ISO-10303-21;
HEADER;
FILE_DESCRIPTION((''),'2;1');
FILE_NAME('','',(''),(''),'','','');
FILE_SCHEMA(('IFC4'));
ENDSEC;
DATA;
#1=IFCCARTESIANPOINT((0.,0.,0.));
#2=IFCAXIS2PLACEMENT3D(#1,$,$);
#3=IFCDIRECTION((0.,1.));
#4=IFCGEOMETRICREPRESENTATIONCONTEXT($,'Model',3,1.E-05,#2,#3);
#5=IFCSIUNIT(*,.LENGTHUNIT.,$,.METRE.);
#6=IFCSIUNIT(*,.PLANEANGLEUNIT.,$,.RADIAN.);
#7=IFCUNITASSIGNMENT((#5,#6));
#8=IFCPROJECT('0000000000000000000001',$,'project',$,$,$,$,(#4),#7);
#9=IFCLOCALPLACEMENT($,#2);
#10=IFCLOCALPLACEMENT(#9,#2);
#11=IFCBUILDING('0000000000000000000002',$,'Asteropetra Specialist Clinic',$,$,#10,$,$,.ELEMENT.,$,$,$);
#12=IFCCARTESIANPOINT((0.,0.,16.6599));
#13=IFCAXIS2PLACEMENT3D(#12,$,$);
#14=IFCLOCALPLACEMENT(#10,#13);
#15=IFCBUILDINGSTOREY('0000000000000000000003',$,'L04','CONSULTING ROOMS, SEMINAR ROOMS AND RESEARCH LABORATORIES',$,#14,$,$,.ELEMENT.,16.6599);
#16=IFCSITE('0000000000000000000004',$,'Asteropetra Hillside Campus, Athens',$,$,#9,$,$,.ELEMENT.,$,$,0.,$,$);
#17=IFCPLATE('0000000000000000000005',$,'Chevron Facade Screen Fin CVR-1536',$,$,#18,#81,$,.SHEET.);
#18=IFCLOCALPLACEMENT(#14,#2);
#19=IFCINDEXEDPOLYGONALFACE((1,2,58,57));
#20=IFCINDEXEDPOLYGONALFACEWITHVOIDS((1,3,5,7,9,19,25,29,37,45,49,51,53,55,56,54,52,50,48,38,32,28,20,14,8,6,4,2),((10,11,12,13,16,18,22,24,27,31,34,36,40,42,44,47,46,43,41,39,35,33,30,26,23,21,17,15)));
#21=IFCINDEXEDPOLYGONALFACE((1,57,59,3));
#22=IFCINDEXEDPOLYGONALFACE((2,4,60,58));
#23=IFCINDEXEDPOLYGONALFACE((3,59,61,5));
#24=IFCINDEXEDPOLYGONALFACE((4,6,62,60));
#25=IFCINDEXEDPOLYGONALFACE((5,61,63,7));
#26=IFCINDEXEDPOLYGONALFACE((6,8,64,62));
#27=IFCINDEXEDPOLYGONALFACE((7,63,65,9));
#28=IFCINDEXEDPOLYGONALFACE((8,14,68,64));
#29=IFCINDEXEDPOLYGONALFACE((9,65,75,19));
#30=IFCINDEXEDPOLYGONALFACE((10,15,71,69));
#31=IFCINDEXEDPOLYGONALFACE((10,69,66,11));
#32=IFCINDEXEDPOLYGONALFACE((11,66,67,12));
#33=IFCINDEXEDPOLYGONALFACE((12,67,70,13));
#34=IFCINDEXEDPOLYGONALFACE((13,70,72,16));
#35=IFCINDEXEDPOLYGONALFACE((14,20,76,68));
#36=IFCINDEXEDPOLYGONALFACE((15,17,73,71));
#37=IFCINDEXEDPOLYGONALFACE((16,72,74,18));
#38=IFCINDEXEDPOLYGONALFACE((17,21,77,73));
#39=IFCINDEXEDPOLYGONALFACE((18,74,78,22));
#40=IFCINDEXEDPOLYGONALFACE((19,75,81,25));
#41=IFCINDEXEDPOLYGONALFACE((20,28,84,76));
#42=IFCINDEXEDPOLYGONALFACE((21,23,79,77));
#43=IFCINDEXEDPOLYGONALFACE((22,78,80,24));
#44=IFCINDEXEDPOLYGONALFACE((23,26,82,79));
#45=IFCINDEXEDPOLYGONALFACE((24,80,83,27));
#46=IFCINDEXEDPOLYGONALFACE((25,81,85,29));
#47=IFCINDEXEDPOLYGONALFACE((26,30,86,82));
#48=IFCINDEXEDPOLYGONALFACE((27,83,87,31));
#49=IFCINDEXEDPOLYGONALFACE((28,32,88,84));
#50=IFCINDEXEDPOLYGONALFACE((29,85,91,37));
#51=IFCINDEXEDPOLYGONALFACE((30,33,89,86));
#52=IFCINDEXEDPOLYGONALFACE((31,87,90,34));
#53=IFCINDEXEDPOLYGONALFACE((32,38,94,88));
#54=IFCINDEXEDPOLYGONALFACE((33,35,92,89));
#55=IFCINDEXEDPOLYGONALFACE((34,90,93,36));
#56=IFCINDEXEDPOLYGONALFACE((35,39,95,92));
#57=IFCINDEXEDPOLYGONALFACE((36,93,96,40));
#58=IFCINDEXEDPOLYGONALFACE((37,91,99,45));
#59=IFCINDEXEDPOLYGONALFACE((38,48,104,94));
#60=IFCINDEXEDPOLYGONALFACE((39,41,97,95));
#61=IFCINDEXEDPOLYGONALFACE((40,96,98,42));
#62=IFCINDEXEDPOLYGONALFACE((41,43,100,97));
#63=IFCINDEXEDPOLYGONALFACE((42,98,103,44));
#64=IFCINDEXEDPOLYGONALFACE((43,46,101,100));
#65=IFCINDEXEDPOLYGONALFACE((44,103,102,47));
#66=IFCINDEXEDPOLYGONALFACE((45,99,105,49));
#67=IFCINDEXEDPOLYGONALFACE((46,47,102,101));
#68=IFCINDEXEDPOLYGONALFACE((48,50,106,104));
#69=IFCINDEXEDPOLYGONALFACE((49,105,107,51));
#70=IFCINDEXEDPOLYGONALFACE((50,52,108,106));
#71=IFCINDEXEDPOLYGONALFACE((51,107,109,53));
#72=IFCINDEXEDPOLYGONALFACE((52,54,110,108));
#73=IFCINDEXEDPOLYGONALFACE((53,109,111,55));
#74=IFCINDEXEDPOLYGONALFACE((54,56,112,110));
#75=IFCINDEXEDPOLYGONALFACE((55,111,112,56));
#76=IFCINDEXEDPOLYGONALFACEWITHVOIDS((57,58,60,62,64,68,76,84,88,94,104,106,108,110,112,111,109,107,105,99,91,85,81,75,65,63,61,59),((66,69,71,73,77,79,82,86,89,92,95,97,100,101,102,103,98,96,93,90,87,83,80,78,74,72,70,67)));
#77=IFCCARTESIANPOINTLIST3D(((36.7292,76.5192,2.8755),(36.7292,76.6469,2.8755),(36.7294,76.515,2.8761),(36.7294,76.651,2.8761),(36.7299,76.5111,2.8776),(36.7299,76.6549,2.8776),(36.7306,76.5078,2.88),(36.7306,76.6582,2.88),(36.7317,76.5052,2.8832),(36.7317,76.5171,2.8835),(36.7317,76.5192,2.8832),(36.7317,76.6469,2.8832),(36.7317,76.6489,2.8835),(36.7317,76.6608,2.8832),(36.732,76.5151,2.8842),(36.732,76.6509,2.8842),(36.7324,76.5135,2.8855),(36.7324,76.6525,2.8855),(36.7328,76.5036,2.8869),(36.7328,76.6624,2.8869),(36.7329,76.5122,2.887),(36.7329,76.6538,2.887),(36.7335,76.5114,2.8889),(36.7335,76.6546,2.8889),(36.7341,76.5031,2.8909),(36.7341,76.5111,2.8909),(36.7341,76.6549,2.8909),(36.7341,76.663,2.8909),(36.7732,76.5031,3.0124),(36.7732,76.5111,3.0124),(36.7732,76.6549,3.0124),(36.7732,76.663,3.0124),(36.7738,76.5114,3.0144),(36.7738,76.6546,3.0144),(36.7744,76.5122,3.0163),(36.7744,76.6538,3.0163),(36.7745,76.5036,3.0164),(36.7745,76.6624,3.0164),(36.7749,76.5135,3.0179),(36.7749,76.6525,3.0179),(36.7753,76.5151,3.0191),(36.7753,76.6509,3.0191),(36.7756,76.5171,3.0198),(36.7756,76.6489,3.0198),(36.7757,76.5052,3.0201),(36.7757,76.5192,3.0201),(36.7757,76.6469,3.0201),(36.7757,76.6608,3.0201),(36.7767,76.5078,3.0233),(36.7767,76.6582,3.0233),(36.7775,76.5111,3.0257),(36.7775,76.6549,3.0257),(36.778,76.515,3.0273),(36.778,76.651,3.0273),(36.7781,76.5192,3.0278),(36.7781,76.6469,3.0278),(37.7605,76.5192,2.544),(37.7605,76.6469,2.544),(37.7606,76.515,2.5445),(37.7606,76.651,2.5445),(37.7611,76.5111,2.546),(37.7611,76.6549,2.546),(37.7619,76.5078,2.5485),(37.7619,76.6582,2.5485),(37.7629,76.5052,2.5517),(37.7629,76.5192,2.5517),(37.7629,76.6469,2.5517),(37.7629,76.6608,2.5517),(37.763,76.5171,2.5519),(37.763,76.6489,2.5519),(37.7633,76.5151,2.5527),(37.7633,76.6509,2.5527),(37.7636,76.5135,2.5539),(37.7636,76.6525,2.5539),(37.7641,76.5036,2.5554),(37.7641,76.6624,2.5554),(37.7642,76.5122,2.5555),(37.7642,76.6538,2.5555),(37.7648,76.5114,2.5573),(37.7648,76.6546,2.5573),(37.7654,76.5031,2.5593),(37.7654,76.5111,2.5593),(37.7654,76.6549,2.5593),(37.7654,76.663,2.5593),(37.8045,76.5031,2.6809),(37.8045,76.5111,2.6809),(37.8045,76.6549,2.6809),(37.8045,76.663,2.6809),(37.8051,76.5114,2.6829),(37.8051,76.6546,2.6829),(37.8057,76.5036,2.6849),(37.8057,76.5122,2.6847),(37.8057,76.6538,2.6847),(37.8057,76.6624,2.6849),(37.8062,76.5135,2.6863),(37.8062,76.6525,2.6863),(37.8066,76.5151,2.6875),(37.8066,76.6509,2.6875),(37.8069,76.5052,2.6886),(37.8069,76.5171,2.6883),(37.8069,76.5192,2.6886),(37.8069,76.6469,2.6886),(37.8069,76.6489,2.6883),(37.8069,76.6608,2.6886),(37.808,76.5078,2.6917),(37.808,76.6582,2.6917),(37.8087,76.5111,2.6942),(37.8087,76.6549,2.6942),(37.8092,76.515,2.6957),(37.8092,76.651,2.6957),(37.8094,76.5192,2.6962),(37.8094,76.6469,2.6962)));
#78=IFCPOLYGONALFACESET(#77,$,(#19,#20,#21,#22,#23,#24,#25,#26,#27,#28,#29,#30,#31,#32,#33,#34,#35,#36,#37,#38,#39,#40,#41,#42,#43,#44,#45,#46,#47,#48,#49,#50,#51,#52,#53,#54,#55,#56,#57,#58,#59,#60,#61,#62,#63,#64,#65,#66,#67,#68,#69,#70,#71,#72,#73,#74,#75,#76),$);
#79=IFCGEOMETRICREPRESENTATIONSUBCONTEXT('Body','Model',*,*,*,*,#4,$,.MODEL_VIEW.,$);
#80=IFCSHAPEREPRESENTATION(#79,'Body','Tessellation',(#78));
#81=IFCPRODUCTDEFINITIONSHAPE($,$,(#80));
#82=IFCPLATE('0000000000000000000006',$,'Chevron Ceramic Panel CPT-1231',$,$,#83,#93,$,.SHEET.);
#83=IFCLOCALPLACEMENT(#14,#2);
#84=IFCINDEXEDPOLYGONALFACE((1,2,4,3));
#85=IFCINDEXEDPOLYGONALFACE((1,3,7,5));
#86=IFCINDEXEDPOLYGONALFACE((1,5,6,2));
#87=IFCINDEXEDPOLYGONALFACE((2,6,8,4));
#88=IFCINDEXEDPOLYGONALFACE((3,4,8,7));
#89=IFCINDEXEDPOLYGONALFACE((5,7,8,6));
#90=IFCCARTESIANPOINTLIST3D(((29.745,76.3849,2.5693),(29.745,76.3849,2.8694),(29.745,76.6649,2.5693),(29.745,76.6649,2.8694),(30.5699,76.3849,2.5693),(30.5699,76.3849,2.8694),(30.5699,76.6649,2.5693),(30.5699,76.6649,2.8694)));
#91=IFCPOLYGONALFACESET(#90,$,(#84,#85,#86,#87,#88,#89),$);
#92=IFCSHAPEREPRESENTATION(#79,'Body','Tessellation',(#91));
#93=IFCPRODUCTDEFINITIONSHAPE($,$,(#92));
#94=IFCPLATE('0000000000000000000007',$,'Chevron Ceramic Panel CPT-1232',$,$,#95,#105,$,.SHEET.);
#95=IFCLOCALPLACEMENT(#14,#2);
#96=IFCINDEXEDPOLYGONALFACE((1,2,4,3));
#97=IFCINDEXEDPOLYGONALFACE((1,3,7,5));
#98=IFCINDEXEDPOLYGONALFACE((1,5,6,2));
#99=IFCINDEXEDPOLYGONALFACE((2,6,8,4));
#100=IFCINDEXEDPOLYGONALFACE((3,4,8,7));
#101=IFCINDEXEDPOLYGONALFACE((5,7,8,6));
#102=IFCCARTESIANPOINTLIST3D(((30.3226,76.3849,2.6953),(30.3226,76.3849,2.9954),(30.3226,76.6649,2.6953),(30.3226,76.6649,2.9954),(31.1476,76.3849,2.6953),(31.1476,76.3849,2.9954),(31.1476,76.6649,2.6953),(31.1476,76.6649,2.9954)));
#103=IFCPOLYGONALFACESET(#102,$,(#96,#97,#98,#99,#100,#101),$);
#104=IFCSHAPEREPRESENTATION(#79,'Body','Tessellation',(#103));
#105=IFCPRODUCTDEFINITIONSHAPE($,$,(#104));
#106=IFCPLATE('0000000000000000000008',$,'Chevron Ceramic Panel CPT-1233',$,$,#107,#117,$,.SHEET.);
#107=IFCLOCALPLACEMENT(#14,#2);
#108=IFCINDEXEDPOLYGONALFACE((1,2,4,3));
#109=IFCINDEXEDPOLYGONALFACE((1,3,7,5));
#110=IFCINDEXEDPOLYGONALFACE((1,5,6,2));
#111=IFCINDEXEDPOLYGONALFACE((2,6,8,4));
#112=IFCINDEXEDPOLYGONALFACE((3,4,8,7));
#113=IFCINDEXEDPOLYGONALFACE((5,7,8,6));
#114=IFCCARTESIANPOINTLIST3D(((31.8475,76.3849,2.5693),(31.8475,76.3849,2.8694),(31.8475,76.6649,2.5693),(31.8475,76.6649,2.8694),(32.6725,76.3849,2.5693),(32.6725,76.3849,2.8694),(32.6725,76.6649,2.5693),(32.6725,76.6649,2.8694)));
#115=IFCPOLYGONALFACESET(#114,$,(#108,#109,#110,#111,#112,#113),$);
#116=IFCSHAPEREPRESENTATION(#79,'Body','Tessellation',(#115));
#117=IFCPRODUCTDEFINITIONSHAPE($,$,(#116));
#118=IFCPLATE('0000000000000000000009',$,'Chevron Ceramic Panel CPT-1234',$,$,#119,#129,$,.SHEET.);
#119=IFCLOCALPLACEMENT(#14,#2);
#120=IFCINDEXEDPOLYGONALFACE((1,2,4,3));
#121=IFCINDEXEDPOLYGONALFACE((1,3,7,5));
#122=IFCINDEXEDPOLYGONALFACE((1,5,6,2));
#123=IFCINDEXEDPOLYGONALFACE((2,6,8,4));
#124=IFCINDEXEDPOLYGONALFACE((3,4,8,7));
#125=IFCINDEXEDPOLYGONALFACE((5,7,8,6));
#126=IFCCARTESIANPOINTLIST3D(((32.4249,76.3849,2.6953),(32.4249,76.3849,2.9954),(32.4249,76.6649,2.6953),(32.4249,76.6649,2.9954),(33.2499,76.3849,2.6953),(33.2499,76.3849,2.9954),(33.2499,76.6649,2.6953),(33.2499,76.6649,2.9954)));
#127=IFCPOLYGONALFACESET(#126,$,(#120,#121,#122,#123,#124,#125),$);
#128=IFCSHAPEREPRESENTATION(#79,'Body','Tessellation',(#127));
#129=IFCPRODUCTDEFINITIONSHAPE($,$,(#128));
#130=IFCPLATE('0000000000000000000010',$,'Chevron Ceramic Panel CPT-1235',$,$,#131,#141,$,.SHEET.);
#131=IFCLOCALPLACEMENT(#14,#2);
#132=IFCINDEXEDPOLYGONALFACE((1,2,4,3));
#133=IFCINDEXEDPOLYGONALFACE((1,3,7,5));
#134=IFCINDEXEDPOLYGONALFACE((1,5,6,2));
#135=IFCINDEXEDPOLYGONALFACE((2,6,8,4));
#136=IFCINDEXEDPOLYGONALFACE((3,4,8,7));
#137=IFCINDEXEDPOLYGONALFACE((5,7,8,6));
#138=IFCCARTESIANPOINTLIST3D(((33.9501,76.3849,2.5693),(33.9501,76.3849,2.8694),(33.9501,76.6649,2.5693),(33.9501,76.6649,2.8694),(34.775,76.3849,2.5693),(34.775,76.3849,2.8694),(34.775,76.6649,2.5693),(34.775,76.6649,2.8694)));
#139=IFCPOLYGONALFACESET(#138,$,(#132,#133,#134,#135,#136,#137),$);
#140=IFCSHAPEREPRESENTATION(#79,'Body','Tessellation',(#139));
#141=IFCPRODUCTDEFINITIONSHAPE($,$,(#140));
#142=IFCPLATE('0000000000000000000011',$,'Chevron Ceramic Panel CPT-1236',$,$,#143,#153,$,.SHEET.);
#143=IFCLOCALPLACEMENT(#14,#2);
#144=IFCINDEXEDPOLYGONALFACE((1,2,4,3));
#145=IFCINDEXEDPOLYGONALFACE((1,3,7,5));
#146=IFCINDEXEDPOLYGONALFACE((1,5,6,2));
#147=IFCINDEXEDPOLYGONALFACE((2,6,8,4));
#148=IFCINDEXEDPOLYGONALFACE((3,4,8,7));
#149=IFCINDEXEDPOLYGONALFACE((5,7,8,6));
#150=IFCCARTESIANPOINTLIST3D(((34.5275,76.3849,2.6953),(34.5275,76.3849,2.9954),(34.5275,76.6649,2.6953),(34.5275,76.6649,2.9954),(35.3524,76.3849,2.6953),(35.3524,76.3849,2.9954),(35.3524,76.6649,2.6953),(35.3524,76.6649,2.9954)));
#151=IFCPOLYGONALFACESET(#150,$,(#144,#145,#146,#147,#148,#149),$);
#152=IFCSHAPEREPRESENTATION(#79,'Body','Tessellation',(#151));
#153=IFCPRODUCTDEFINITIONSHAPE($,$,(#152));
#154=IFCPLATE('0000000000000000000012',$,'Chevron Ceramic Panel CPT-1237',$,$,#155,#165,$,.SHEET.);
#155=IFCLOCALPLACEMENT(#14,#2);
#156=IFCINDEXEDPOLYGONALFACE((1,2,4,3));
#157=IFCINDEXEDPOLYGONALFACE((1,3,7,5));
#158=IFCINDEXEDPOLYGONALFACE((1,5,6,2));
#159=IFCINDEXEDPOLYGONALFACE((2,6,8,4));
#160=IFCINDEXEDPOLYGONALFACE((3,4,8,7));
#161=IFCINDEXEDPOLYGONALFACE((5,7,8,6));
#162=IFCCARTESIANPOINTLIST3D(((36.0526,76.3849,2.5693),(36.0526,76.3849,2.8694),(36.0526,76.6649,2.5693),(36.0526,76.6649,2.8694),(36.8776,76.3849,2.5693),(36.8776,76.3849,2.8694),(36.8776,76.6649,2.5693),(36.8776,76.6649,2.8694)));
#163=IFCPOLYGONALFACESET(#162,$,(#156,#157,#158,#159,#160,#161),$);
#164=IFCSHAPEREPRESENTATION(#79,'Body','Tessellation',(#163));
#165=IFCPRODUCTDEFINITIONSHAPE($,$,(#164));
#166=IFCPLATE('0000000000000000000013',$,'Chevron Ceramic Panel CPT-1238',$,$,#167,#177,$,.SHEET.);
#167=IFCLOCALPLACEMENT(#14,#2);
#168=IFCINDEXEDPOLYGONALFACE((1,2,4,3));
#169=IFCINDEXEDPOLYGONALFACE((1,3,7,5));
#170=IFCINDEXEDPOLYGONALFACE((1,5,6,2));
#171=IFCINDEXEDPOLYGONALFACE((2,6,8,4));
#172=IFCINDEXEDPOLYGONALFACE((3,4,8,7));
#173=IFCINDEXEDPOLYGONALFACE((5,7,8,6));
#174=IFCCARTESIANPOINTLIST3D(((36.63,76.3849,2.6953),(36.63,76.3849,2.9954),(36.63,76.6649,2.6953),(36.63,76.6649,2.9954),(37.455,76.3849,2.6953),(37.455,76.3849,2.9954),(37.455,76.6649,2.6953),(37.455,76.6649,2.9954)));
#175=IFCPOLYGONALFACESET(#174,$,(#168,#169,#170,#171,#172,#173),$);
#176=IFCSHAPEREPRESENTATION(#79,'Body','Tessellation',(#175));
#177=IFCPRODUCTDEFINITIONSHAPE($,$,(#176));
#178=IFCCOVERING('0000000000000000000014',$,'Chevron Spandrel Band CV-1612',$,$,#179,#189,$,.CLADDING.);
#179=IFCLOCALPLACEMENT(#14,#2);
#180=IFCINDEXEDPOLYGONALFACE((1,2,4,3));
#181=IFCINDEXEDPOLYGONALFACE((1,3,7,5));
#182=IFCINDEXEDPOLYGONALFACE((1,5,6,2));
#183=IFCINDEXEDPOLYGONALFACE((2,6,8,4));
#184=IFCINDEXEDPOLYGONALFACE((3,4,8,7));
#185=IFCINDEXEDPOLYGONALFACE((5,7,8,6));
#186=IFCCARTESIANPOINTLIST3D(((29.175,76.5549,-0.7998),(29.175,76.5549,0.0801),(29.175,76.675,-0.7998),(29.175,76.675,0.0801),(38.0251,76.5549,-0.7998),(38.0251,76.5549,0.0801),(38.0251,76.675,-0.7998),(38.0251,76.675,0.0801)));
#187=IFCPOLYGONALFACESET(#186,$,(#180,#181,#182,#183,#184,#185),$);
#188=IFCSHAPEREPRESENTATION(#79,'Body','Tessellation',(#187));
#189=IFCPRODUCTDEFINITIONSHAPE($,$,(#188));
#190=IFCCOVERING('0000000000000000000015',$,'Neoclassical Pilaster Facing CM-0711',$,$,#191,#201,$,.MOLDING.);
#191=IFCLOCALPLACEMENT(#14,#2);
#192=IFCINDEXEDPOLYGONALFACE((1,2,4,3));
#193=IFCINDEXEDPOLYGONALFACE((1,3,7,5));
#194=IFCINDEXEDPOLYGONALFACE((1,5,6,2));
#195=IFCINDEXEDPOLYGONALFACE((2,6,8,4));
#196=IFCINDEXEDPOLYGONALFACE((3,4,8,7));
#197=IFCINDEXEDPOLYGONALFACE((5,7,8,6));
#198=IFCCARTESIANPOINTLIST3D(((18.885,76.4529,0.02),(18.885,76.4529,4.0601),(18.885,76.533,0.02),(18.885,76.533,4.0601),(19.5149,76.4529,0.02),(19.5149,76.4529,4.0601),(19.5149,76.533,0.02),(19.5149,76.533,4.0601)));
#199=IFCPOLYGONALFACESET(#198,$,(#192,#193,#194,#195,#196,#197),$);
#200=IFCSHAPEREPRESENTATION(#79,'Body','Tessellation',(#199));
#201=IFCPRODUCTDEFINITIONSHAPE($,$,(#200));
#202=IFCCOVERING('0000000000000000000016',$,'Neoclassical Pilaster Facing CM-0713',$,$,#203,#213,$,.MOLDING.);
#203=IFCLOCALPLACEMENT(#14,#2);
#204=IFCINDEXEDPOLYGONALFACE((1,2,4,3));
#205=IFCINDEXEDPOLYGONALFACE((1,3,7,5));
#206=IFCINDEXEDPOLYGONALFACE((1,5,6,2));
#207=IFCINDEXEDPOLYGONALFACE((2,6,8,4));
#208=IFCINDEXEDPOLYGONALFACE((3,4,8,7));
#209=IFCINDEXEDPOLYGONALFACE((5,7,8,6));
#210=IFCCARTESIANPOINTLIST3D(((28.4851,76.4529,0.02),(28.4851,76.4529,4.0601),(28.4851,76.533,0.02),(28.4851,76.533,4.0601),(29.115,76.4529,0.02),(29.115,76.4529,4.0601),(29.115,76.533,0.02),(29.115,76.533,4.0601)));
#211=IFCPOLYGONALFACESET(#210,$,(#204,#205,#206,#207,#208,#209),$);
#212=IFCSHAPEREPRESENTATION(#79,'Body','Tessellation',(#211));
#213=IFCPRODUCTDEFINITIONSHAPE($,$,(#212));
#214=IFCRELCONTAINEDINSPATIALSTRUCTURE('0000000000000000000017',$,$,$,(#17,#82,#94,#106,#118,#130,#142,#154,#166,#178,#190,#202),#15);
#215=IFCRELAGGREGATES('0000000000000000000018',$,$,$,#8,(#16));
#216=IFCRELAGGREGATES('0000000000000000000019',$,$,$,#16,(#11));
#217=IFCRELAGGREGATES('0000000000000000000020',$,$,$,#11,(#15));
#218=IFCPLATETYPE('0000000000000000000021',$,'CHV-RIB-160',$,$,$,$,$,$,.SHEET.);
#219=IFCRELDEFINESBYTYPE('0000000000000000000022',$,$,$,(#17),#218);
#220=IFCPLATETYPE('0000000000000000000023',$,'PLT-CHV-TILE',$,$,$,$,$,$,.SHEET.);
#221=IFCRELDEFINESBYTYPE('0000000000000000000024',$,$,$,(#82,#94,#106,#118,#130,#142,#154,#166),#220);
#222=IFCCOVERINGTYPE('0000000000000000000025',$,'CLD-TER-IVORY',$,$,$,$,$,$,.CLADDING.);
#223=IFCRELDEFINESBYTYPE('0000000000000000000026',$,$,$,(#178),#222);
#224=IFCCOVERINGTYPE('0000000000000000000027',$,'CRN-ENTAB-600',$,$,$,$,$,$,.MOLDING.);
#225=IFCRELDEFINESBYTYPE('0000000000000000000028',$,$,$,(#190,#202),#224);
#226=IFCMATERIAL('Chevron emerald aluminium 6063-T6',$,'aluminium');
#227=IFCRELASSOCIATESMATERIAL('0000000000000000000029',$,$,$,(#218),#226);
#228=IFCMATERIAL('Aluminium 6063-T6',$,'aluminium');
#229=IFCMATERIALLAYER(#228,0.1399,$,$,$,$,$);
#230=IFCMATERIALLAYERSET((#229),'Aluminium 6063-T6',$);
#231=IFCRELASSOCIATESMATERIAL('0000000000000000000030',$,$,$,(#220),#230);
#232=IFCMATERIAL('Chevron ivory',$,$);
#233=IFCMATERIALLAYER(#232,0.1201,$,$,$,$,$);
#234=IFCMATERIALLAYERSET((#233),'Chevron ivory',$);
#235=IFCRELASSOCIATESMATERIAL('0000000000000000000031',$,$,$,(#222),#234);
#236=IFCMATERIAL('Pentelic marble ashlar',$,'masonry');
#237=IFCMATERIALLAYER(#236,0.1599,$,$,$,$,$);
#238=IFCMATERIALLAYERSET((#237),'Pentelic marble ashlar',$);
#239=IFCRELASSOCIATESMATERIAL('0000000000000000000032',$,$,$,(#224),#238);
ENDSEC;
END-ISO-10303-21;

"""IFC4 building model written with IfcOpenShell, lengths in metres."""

from ifc_helpers import new_model, si_unit, direction, frame, origin, origin_2d, place, context, subcontext, project, spatial, rectangle, hollow_rectangle, extrude, material, layer, layer_set, material_profile, profile_set, type_object, element, save


model = new_model("IFC4")

# Units and contexts
model_context = context("Model", 3, precision=1e-05, world=origin(), true_north=direction((0.0, 1.0)))
body_context = subcontext(model_context, "Body", "Model", "MODEL_VIEW")
ifc_project = project(units=[si_unit("LENGTHUNIT", "METRE"), si_unit("PLANEANGLEUNIT", "RADIAN")], contexts=[model_context])

# Site, building, storey
site_placement = place(None, origin())
site = spatial("IfcSite", under=ifc_project, at=site_placement, Name="Asteropetra Hillside Campus, Athens", CompositionType="ELEMENT", RefElevation=0.0)
building_placement = place(site_placement, origin())
building = spatial("IfcBuilding", under=site, at=building_placement, Name="Asteropetra Specialist Clinic", CompositionType="ELEMENT")
storey_placement = place(building_placement, frame((0.0, 0.0, 16.6599)))
storey = spatial("IfcBuildingStorey", under=building, at=storey_placement, Name="L04", Description="CONSULTING ROOMS, SEMINAR ROOMS AND RESEARCH LABORATORIES", CompositionType="ELEMENT", Elevation=16.6599)

# Plates
ifc_material_1 = material(Name="Chevron emerald aluminium 6063-T6", Category="aluminium")
ifc_material_profile_1 = material_profile(ifc_material_1, hollow_rectangle(XDim=0.1599, YDim=0.1599, WallThickness=0.0081, InnerFilletRadius=0.0081, OuterFilletRadius=0.0161, at=origin_2d()), Name="SHS 160x160x8.0")
ifc_profile_set_1 = profile_set([ifc_material_profile_1], Name="Chevron emerald aluminium 6063-T6")
plate_type_1 = type_object("IfcPlateType", Name="CHV-RIB-160", PredefinedType="SHEET", material=ifc_profile_set_1)
for number, where, z_axis, x_axis, name in (
    (1, (36.7537, 76.583, 2.9517), (0.95201, 0.0, -0.306068), (0.0, 1.0, 0.0), "Chevron Facade Screen Fin CVR-1536"),
):
    element("IfcPlate", number, at=place(storey_placement, frame(where, z_axis=z_axis, x_axis=x_axis)), inside=storey, type_object=plate_type_1, Name=name, PredefinedType="SHEET", context=body_context, shape_type="SweptSolid", body=[
        extrude(hollow_rectangle(XDim=0.1599, YDim=0.1599, WallThickness=0.0081, InnerFilletRadius=0.0081, OuterFilletRadius=0.0161, at=origin_2d()), origin(), (0.0, 0.0, 1.0), 1.0833),
    ])
ifc_material_2 = material(Name="Aluminium 6063-T6", Category="aluminium")
ifc_layer_1 = layer(ifc_material_2, 0.1399)
ifc_layer_set_1 = layer_set([ifc_layer_1], Name="Aluminium 6063-T6")
plate_type_2 = type_object("IfcPlateType", Name="PLT-CHV-TILE", PredefinedType="SHEET", material=ifc_layer_set_1)
for number, where, z_axis, x_axis, name in (
    (2, (30.1575, 76.5249, 2.5693), (0.0, 0.0, 1.0), (1.0, 0.0, 0.0), "Chevron Ceramic Panel CPT-1231"),
    (3, (30.7351, 76.5249, 2.6953), (0.0, 0.0, 1.0), (1.0, 0.0, 0.0), "Chevron Ceramic Panel CPT-1232"),
    (4, (32.26, 76.5249, 2.5693), (0.0, 0.0, 1.0), (1.0, 0.0, 0.0), "Chevron Ceramic Panel CPT-1233"),
    (5, (32.8374, 76.5249, 2.6953), (0.0, 0.0, 1.0), (1.0, 0.0, 0.0), "Chevron Ceramic Panel CPT-1234"),
    (6, (34.3625, 76.5249, 2.5693), (0.0, 0.0, 1.0), (1.0, 0.0, 0.0), "Chevron Ceramic Panel CPT-1235"),
    (7, (34.9399, 76.5249, 2.6953), (0.0, 0.0, 1.0), (1.0, 0.0, 0.0), "Chevron Ceramic Panel CPT-1236"),
    (8, (36.4651, 76.5249, 2.5693), (0.0, 0.0, 1.0), (1.0, 0.0, 0.0), "Chevron Ceramic Panel CPT-1237"),
    (9, (37.0425, 76.5249, 2.6953), (0.0, 0.0, 1.0), (1.0, 0.0, 0.0), "Chevron Ceramic Panel CPT-1238"),
):
    element("IfcPlate", number, at=place(storey_placement, frame(where, z_axis=z_axis, x_axis=x_axis)), inside=storey, type_object=plate_type_2, Name=name, PredefinedType="SHEET", context=body_context, shape_type="SweptSolid", body=[
        extrude(rectangle(XDim=0.825, YDim=0.28, at=origin_2d()), origin(), (0.0, 0.0, 1.0), 0.3),
    ])

# Coverings
ifc_material_3 = material(Name="Chevron ivory")
ifc_layer_2 = layer(ifc_material_3, 0.1201)
ifc_layer_set_2 = layer_set([ifc_layer_2], Name="Chevron ivory")
covering_type_1 = type_object("IfcCoveringType", Name="CLD-TER-IVORY", PredefinedType="CLADDING", material=ifc_layer_set_2)
covering_placement = place(storey_placement, frame((33.6001, 76.615, -0.7998), z_axis=(0.0, 0.0, 1.0), x_axis=(1.0, 0.0, 0.0)))
element("IfcCovering", 10, at=covering_placement, inside=storey, type_object=covering_type_1, Name="Chevron Spandrel Band CV-1612", PredefinedType="CLADDING", context=body_context, shape_type="SweptSolid", body=[
    extrude(rectangle(XDim=8.8501, YDim=0.1201, at=origin_2d()), origin(), (0.0, 0.0, 1.0), 0.8799),
])
ifc_material_4 = material(Name="Pentelic marble ashlar", Category="masonry")
ifc_layer_3 = layer(ifc_material_4, 0.1599)
ifc_layer_set_3 = layer_set([ifc_layer_3], Name="Pentelic marble ashlar")
covering_type_2 = type_object("IfcCoveringType", Name="CRN-ENTAB-600", PredefinedType="MOLDING", material=ifc_layer_set_3)
for number, where, z_axis, x_axis, name in (
    (11, (19.2, 76.4929, 0.02), (0.0, 0.0, 1.0), (1.0, 0.0, 0.0), "Neoclassical Pilaster Facing CM-0711"),
    (12, (28.8, 76.4929, 0.02), (0.0, 0.0, 1.0), (1.0, 0.0, 0.0), "Neoclassical Pilaster Facing CM-0713"),
):
    element("IfcCovering", number, at=place(storey_placement, frame(where, z_axis=z_axis, x_axis=x_axis)), inside=storey, type_object=covering_type_2, Name=name, PredefinedType="MOLDING", context=body_context, shape_type="SweptSolid", body=[
        extrude(rectangle(XDim=0.6299, YDim=0.0801, at=origin_2d()), origin(), (0.0, 0.0, 1.0), 4.04),
    ])

save(model, "model.ifc")
